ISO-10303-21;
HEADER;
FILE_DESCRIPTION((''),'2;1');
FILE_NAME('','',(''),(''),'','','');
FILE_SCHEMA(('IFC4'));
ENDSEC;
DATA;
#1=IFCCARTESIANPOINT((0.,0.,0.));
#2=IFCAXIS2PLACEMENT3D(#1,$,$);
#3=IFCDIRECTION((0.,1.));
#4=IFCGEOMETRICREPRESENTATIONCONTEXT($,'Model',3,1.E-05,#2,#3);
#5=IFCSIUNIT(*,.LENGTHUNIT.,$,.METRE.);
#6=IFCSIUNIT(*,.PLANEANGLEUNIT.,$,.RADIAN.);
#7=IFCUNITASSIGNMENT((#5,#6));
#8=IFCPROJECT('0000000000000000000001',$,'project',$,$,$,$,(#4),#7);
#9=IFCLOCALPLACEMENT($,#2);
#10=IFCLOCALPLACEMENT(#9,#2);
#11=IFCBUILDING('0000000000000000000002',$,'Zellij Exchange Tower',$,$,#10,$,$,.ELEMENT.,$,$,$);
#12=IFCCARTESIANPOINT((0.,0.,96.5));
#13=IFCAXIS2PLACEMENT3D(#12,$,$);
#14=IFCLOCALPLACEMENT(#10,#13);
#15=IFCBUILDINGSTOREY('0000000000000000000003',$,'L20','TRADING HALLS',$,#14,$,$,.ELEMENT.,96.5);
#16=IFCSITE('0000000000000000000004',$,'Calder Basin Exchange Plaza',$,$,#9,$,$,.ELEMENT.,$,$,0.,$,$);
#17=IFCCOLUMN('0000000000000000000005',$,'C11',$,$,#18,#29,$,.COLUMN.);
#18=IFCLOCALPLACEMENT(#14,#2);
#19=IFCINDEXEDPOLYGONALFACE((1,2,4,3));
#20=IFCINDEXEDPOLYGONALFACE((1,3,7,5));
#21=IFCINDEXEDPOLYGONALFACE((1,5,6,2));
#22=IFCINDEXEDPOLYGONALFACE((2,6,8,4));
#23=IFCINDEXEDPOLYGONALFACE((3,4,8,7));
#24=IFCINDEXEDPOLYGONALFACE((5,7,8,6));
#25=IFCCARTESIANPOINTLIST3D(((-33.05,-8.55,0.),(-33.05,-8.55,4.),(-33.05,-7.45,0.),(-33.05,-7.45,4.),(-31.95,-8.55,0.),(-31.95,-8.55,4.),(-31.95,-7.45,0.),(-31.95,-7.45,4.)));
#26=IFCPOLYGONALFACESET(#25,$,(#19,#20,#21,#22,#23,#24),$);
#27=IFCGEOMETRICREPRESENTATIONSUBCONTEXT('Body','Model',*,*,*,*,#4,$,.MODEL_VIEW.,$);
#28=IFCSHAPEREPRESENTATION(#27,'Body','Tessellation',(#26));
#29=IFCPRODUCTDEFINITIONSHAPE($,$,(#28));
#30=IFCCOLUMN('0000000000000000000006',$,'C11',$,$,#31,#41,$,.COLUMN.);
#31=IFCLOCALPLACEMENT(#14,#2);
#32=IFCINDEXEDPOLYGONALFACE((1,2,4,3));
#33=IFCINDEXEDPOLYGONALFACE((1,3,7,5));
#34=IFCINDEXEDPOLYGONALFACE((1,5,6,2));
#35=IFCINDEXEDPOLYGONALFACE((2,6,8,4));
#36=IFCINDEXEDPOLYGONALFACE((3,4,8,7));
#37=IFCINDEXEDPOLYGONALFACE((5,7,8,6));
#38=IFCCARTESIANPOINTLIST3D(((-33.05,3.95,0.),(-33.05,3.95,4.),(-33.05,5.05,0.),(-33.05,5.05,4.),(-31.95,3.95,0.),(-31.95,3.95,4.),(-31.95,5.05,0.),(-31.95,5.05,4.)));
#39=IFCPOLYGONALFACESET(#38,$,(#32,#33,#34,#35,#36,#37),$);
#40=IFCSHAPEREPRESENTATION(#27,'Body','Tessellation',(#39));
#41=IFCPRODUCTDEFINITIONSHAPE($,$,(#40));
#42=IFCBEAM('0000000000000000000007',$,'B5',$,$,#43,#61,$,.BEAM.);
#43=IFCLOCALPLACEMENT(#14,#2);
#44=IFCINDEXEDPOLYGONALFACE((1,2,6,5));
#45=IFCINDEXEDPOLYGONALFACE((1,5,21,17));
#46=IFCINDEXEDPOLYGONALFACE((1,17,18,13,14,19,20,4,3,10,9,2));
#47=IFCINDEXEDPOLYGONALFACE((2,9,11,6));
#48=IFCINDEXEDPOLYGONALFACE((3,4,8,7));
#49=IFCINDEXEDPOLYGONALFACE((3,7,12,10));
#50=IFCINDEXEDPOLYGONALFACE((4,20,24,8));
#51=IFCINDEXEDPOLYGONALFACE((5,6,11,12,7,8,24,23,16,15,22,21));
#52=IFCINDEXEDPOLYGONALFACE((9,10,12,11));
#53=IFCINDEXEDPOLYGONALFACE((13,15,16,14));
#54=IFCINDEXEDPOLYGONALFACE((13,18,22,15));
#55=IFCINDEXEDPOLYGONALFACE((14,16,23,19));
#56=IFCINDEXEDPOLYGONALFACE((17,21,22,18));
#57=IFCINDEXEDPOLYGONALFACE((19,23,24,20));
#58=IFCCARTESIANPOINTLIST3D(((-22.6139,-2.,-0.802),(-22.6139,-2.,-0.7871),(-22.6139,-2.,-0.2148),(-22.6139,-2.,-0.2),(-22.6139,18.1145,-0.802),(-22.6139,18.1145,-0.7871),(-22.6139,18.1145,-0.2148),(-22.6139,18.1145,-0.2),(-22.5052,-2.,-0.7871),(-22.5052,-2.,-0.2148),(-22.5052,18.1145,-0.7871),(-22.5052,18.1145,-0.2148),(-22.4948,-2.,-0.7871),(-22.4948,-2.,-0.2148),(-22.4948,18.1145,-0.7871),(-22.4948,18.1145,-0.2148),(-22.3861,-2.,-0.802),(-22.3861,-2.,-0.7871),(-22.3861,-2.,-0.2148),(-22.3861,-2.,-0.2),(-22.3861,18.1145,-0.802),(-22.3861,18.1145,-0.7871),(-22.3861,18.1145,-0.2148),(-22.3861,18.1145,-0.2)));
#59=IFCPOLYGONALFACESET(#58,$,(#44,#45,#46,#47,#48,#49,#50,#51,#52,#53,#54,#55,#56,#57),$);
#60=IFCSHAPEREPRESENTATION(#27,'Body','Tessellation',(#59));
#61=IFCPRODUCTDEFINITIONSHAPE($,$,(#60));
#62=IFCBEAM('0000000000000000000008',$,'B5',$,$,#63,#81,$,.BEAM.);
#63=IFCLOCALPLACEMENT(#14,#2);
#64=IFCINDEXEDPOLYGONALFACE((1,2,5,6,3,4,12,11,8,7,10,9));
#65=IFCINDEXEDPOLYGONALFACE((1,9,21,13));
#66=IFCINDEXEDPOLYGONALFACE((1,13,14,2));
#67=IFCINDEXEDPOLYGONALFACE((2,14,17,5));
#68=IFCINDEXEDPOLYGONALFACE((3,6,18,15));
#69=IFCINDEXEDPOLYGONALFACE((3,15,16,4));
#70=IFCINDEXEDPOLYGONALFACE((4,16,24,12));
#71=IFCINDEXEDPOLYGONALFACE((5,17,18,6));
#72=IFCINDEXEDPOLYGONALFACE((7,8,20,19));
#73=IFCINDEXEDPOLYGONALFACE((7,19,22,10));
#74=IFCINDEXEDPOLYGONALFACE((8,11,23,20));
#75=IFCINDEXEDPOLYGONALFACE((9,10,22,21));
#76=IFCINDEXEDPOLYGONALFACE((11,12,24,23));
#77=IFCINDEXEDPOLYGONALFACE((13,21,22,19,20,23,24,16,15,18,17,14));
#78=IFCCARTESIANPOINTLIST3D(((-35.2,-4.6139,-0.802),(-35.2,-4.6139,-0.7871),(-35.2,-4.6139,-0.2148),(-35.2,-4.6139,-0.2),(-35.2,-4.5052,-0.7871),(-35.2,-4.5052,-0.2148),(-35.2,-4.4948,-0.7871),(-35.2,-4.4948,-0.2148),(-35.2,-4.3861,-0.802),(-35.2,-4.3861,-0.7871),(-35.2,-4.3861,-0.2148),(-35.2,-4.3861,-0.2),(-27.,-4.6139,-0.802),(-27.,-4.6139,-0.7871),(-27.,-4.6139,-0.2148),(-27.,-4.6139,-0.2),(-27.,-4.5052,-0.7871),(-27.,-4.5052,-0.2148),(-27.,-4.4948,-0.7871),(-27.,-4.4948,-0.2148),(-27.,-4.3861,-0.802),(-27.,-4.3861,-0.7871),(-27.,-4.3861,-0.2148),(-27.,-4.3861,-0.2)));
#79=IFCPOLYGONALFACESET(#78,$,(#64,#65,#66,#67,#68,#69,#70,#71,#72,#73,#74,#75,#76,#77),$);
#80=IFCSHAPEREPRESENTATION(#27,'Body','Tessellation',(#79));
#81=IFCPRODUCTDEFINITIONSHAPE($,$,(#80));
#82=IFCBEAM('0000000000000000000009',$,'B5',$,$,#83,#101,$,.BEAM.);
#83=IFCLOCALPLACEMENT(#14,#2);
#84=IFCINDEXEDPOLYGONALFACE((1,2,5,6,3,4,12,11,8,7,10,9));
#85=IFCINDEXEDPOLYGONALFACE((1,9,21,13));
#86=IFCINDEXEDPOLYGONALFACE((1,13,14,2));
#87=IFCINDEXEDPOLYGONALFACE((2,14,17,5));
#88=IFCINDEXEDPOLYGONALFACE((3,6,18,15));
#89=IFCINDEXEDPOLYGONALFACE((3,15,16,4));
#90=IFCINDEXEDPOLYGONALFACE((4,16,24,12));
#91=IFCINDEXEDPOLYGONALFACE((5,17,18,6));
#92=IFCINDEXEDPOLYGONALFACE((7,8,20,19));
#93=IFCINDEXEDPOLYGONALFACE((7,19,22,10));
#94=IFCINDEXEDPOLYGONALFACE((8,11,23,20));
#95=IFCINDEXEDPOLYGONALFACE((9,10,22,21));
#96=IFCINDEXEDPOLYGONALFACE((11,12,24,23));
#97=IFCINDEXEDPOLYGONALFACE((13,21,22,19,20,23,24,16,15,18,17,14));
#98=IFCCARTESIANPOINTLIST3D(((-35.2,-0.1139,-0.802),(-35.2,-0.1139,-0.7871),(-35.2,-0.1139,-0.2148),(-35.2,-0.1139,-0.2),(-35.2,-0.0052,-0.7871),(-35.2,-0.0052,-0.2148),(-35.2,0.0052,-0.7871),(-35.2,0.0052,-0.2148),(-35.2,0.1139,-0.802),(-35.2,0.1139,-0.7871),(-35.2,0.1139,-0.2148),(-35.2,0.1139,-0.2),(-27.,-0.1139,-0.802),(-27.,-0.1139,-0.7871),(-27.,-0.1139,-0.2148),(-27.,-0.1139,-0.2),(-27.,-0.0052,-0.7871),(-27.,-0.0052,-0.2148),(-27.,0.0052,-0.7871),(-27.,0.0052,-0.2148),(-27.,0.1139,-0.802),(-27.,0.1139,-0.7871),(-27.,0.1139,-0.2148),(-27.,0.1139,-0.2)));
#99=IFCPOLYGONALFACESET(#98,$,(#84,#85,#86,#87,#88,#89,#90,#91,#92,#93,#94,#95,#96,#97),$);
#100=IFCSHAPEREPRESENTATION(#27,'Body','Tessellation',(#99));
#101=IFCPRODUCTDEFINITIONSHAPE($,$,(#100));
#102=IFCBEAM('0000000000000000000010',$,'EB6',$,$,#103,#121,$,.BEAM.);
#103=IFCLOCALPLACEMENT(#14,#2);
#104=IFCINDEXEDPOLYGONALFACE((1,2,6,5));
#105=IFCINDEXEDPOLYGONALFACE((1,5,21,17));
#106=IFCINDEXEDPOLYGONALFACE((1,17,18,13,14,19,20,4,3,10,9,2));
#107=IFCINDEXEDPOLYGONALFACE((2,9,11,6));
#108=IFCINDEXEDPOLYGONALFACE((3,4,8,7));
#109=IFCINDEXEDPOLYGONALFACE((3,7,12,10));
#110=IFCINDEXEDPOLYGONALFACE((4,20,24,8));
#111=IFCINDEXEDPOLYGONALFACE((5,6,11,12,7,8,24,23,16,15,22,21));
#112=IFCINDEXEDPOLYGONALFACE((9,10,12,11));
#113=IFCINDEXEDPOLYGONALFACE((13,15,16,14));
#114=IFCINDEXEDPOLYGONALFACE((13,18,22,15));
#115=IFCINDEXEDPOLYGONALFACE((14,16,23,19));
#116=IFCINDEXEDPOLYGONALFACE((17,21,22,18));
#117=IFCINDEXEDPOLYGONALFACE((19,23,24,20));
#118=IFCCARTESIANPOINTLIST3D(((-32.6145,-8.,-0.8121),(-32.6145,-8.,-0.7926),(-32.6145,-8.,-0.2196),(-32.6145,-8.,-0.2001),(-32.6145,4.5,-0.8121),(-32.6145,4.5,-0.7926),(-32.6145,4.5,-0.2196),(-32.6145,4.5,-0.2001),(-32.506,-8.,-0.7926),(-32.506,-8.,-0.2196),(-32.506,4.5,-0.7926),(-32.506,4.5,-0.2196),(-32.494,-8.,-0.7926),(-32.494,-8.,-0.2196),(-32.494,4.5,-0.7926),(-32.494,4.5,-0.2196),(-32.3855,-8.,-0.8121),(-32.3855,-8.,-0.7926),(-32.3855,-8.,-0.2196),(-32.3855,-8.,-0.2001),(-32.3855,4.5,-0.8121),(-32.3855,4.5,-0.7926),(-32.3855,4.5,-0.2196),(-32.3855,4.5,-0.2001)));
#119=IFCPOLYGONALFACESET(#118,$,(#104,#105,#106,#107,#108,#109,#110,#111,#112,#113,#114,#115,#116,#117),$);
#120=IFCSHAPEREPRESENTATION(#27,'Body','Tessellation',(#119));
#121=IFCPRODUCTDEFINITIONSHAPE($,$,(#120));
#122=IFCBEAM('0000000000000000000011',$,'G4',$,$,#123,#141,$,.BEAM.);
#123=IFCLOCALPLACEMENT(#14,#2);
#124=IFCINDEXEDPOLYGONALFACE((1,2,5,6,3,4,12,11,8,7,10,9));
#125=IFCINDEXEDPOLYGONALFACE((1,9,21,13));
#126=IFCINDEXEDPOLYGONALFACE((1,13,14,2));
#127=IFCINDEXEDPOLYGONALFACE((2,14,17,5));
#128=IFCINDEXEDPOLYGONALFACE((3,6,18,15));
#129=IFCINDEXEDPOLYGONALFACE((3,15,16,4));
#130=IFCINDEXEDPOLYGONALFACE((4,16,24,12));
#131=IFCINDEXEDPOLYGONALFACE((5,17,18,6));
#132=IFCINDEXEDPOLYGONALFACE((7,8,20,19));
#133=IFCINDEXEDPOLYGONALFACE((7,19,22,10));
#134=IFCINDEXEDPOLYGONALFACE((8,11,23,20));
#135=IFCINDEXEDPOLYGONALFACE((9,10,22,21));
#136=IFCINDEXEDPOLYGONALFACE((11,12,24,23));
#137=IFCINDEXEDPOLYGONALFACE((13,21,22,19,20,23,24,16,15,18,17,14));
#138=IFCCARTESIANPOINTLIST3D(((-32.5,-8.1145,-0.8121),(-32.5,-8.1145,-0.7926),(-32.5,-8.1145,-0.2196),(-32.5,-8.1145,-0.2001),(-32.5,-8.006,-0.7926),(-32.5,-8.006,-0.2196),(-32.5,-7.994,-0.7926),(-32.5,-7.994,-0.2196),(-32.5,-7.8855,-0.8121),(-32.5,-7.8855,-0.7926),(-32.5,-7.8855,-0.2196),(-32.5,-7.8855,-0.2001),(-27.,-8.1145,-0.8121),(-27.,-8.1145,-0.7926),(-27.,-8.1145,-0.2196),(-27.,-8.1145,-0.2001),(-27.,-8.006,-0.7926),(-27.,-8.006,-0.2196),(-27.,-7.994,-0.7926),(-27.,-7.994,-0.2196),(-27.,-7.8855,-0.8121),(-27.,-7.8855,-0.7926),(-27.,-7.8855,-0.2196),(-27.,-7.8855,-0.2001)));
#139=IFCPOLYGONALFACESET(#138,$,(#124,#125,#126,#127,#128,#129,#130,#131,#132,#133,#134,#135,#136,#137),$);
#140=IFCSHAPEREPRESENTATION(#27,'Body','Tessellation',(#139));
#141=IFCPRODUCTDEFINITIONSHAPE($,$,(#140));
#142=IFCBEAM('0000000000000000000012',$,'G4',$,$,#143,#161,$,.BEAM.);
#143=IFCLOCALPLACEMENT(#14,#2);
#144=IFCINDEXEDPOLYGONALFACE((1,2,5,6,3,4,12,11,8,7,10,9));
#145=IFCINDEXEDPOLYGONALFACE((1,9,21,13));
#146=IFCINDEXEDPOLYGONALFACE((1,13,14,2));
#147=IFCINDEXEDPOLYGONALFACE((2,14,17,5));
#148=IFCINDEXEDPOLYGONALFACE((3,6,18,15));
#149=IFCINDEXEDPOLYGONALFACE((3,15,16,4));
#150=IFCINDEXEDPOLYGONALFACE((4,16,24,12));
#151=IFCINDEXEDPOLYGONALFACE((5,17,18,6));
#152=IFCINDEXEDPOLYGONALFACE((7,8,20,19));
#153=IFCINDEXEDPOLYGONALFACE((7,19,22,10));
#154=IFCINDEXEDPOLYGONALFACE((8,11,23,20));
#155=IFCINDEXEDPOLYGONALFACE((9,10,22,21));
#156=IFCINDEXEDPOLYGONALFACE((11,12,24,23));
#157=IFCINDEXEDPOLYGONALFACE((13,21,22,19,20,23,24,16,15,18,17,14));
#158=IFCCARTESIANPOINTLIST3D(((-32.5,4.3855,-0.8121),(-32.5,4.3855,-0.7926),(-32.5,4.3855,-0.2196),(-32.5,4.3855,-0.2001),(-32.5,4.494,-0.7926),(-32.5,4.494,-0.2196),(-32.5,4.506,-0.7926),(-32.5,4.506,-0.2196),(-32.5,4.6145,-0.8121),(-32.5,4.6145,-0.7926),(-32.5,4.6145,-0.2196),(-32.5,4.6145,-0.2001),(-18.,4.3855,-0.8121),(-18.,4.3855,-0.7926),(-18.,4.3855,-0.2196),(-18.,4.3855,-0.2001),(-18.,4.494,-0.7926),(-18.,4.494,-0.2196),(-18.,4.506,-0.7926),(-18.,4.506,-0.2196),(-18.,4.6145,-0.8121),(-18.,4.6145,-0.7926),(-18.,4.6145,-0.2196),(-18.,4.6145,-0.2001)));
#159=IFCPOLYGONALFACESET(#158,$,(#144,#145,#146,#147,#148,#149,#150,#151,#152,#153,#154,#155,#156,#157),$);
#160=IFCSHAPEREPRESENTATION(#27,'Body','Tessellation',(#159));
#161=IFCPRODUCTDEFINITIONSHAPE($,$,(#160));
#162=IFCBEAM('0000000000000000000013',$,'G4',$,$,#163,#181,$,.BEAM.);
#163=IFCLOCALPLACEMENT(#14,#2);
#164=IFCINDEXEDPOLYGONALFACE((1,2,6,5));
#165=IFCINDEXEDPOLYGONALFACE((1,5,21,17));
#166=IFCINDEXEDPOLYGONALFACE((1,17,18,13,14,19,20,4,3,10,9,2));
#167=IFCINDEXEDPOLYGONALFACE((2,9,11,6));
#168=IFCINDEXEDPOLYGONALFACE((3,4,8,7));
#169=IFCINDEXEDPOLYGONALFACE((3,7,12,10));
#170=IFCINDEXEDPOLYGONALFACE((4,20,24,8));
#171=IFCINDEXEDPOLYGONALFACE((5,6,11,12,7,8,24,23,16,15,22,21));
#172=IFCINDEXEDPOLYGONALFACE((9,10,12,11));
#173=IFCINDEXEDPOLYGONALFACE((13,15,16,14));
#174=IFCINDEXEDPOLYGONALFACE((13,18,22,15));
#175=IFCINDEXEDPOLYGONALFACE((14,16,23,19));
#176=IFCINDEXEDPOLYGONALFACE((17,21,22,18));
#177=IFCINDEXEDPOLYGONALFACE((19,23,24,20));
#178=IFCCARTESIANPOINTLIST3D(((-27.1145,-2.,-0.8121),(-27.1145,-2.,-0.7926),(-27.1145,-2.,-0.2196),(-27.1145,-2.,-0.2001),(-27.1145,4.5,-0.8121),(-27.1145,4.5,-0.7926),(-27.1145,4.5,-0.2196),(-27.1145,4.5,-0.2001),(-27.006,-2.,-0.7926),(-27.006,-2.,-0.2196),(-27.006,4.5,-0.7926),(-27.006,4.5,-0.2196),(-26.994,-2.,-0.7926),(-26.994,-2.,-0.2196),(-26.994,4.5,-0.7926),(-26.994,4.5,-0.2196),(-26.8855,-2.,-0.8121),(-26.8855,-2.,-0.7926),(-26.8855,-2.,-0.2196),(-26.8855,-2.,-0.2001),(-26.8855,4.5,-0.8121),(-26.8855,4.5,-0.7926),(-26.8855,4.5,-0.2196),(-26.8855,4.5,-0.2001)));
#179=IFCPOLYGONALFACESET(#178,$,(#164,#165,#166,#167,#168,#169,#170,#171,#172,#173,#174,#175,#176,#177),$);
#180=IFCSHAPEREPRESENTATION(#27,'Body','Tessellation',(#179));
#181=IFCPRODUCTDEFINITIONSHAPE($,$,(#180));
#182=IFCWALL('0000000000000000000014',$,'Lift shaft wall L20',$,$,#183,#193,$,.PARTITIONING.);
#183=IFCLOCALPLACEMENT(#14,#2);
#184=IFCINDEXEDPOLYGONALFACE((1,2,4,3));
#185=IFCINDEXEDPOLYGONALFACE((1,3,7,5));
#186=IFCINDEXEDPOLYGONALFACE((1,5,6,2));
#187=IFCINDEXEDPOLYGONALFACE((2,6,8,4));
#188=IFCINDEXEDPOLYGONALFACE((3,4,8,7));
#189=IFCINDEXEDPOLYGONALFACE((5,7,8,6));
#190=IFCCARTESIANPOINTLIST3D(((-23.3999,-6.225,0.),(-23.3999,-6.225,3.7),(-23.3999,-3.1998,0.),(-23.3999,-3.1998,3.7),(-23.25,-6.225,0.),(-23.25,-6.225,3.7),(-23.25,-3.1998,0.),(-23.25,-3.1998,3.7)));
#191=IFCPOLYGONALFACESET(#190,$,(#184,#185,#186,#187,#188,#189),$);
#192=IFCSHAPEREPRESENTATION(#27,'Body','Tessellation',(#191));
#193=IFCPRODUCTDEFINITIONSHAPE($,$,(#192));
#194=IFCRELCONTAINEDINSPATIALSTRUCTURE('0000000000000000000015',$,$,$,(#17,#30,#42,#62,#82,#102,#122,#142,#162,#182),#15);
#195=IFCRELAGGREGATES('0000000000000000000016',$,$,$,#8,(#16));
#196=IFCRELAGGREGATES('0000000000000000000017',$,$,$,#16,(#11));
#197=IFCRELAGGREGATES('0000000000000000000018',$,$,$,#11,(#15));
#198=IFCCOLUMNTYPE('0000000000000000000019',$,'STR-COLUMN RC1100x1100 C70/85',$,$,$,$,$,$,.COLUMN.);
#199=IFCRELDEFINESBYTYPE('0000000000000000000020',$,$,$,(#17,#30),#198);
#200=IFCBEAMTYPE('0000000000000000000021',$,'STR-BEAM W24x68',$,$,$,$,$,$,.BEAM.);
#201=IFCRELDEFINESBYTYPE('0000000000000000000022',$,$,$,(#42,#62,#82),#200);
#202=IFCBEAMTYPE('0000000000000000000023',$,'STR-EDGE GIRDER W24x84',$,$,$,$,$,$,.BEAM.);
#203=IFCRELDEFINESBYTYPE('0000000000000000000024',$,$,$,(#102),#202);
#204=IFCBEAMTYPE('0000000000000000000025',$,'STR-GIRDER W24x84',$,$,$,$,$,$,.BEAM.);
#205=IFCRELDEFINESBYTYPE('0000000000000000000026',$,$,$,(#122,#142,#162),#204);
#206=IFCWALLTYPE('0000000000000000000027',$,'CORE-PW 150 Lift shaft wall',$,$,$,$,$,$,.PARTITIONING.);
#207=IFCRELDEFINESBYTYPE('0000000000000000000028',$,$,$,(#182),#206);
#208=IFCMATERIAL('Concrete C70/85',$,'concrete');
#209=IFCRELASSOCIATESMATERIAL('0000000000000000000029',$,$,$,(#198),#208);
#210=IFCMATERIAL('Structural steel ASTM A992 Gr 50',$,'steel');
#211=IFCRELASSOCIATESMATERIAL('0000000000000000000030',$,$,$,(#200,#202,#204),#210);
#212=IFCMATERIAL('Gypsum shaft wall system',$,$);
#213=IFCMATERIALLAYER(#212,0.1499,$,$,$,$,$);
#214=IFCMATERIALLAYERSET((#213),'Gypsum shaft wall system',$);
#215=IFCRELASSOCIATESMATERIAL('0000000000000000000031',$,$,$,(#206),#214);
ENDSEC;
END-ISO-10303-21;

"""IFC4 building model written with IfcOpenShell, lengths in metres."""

from ifc_helpers import new_model, si_unit, direction, frame, frame_2d, origin, origin_2d, place, context, subcontext, project, spatial, rectangle, i_section, extrude, material, layer, layer_set, material_profile, profile_set, type_object, element, save


model = new_model("IFC4")

# Units and contexts
model_context = context("Model", 3, precision=1e-05, world=origin(), true_north=direction((0.0, 1.0)))
body_context = subcontext(model_context, "Body", "Model", "MODEL_VIEW")
ifc_project = project(units=[si_unit("LENGTHUNIT", "METRE"), si_unit("PLANEANGLEUNIT", "RADIAN")], contexts=[model_context])

# Site, building, storey
site_placement = place(None, origin())
site = spatial("IfcSite", under=ifc_project, at=site_placement, Name="Calder Basin Exchange Plaza", CompositionType="ELEMENT", RefElevation=0.0)
building_placement = place(site_placement, origin())
building = spatial("IfcBuilding", under=site, at=building_placement, Name="Zellij Exchange Tower", CompositionType="ELEMENT")
storey_placement = place(building_placement, frame((0.0, 0.0, 96.5)))
storey = spatial("IfcBuildingStorey", under=building, at=storey_placement, Name="L20", Description="TRADING HALLS", CompositionType="ELEMENT", Elevation=96.5)

# Columns
ifc_material_1 = material(Name="Concrete C70/85", Category="concrete")
ifc_material_profile_1 = material_profile(ifc_material_1, rectangle(XDim=1.1001, YDim=1.1001, at=origin_2d()), Name="STR-COLUMN RC1100x1100 C70/85")
ifc_profile_set_1 = profile_set([ifc_material_profile_1], Name="Concrete C70/85")
column_type = type_object("IfcColumnType", Name="STR-COLUMN RC1100x1100 C70/85", PredefinedType="COLUMN", material=ifc_profile_set_1)
for number, where, z_axis, x_axis, name in (
    (1, (-32.5, -8.0, 0.0), (0.0, 0.0, 1.0), (1.0, 0.0, 0.0), "C11"),
    (2, (-32.5, 4.5, 0.0), (0.0, 0.0, 1.0), (1.0, 0.0, 0.0), "C11"),
):
    element("IfcColumn", number, at=place(storey_placement, frame(where, z_axis=z_axis, x_axis=x_axis)), inside=storey, type_object=column_type, Name=name, PredefinedType="COLUMN", context=body_context, shape_type="SweptSolid", body=[
        extrude(rectangle(XDim=1.1001, YDim=1.1001, at=origin_2d()), origin(), (0.0, 0.0, 1.0), 4.0),
    ])

# Beams
ifc_material_2 = material(Name="Structural steel ASTM A992 Gr 50", Category="steel")
ifc_material_profile_2 = material_profile(ifc_material_2, i_section(OverallWidth=0.2278, OverallDepth=0.6021, WebThickness=0.0105, FlangeThickness=0.0149, at=origin_2d()), Name="W24x68")
ifc_profile_set_2 = profile_set([ifc_material_profile_2], Name="Structural steel ASTM A992 Gr 50")
beam_type_1 = type_object("IfcBeamType", Name="STR-BEAM W24x68", PredefinedType="BEAM", material=ifc_profile_set_2)
beam_1_placement = place(storey_placement, frame((-22.5, -2.0, -0.501), z_axis=(0.0, 1.0, 0.0), x_axis=(-1.0, 0.0, 0.0)))
element("IfcBeam", 3, at=beam_1_placement, inside=storey, type_object=beam_type_1, Name="B5", PredefinedType="BEAM", context=body_context, shape_type="SweptSolid", body=[
    extrude(i_section(OverallWidth=0.2278, OverallDepth=0.6021, WebThickness=0.0105, FlangeThickness=0.0149, at=origin_2d()), origin(), (0.0, 0.0, 1.0), 20.1145),
])
for number, where, z_axis, x_axis, name in (
    (4, (-35.2, -4.5, -0.501), (1.0, 0.0, 0.0), (0.0, 1.0, 0.0), "B5"),
    (5, (-35.2, 0.0, -0.501), (1.0, 0.0, 0.0), (0.0, 1.0, 0.0), "B5"),
):
    element("IfcBeam", number, at=place(storey_placement, frame(where, z_axis=z_axis, x_axis=x_axis)), inside=storey, type_object=beam_type_1, Name=name, PredefinedType="BEAM", context=body_context, shape_type="SweptSolid", body=[
        extrude(i_section(OverallWidth=0.2278, OverallDepth=0.6021, WebThickness=0.0105, FlangeThickness=0.0149, at=origin_2d()), origin(), (0.0, 0.0, 1.0), 8.2),
    ])
ifc_material_profile_3 = material_profile(ifc_material_2, i_section(OverallWidth=0.229, OverallDepth=0.6121, WebThickness=0.012, FlangeThickness=0.0195, at=origin_2d()), Name="W24x84")
ifc_profile_set_3 = profile_set([ifc_material_profile_3], Name="Structural steel ASTM A992 Gr 50")
beam_type_2 = type_object("IfcBeamType", Name="STR-EDGE GIRDER W24x84", PredefinedType="BEAM", material=ifc_profile_set_3)
beam_2_placement = place(storey_placement, frame((-32.5, -8.0, -0.5061), z_axis=(0.0, 1.0, 0.0), x_axis=(-1.0, 0.0, 0.0)))
element("IfcBeam", 6, at=beam_2_placement, inside=storey, type_object=beam_type_2, Name="EB6", PredefinedType="BEAM", context=body_context, shape_type="SweptSolid", body=[
    extrude(i_section(OverallWidth=0.229, OverallDepth=0.6121, WebThickness=0.012, FlangeThickness=0.0195, at=origin_2d()), origin(), (0.0, 0.0, 1.0), 12.5),
])
ifc_material_profile_4 = material_profile(ifc_material_2, i_section(OverallWidth=0.229, OverallDepth=0.6121, WebThickness=0.012, FlangeThickness=0.0195, at=origin_2d()), Name="W24x84")
ifc_profile_set_4 = profile_set([ifc_material_profile_4], Name="Structural steel ASTM A992 Gr 50")
beam_type_3 = type_object("IfcBeamType", Name="STR-GIRDER W24x84", PredefinedType="BEAM", material=ifc_profile_set_4)
beam_3_placement = place(storey_placement, frame((-32.5, -8.0, -0.5061), z_axis=(1.0, 0.0, 0.0), x_axis=(0.0, 1.0, 0.0)))
element("IfcBeam", 7, at=beam_3_placement, inside=storey, type_object=beam_type_3, Name="G4", PredefinedType="BEAM", context=body_context, shape_type="SweptSolid", body=[
    extrude(i_section(OverallWidth=0.229, OverallDepth=0.6121, WebThickness=0.012, FlangeThickness=0.0195, at=origin_2d()), origin(), (0.0, 0.0, 1.0), 5.5),
])
beam_4_placement = place(storey_placement, frame((-32.5, 4.5, -0.5061), z_axis=(1.0, 0.0, 0.0), x_axis=(0.0, 1.0, 0.0)))
element("IfcBeam", 8, at=beam_4_placement, inside=storey, type_object=beam_type_3, Name="G4", PredefinedType="BEAM", context=body_context, shape_type="SweptSolid", body=[
    extrude(i_section(OverallWidth=0.229, OverallDepth=0.6121, WebThickness=0.012, FlangeThickness=0.0195, at=origin_2d()), origin(), (0.0, 0.0, 1.0), 14.5),
])
beam_5_placement = place(storey_placement, frame((-27.0, -2.0, -0.5061), z_axis=(0.0, 1.0, 0.0), x_axis=(-1.0, 0.0, 0.0)))
element("IfcBeam", 9, at=beam_5_placement, inside=storey, type_object=beam_type_3, Name="G4", PredefinedType="BEAM", context=body_context, shape_type="SweptSolid", body=[
    extrude(i_section(OverallWidth=0.229, OverallDepth=0.6121, WebThickness=0.012, FlangeThickness=0.0195, at=origin_2d()), origin(), (0.0, 0.0, 1.0), 6.5),
])

# Wall
ifc_material_3 = material(Name="Gypsum shaft wall system")
ifc_layer_1 = layer(ifc_material_3, 0.1499)
ifc_layer_set_1 = layer_set([ifc_layer_1], Name="Gypsum shaft wall system")
wall_type_1 = type_object("IfcWallType", Name="CORE-PW 150 Lift shaft wall", PredefinedType="PARTITIONING", material=ifc_layer_set_1)
wall_1_placement = place(storey_placement, frame((-23.325, -6.2251, 0.0), z_axis=(0.0, 0.0, 1.0), x_axis=(0.0, 1.0, 0.0)))
element("IfcWall", 10, at=wall_1_placement, inside=storey, type_object=wall_type_1, Name="Lift shaft wall L20", PredefinedType="PARTITIONING", context=body_context, shape_type="SweptSolid", body=[
    extrude(rectangle(XDim=3.0251, YDim=0.1499, at=frame_2d((1.5127, 0.0))), origin(), (0.0, 0.0, 1.0), 3.7),
])

save(model, "model.ifc")
